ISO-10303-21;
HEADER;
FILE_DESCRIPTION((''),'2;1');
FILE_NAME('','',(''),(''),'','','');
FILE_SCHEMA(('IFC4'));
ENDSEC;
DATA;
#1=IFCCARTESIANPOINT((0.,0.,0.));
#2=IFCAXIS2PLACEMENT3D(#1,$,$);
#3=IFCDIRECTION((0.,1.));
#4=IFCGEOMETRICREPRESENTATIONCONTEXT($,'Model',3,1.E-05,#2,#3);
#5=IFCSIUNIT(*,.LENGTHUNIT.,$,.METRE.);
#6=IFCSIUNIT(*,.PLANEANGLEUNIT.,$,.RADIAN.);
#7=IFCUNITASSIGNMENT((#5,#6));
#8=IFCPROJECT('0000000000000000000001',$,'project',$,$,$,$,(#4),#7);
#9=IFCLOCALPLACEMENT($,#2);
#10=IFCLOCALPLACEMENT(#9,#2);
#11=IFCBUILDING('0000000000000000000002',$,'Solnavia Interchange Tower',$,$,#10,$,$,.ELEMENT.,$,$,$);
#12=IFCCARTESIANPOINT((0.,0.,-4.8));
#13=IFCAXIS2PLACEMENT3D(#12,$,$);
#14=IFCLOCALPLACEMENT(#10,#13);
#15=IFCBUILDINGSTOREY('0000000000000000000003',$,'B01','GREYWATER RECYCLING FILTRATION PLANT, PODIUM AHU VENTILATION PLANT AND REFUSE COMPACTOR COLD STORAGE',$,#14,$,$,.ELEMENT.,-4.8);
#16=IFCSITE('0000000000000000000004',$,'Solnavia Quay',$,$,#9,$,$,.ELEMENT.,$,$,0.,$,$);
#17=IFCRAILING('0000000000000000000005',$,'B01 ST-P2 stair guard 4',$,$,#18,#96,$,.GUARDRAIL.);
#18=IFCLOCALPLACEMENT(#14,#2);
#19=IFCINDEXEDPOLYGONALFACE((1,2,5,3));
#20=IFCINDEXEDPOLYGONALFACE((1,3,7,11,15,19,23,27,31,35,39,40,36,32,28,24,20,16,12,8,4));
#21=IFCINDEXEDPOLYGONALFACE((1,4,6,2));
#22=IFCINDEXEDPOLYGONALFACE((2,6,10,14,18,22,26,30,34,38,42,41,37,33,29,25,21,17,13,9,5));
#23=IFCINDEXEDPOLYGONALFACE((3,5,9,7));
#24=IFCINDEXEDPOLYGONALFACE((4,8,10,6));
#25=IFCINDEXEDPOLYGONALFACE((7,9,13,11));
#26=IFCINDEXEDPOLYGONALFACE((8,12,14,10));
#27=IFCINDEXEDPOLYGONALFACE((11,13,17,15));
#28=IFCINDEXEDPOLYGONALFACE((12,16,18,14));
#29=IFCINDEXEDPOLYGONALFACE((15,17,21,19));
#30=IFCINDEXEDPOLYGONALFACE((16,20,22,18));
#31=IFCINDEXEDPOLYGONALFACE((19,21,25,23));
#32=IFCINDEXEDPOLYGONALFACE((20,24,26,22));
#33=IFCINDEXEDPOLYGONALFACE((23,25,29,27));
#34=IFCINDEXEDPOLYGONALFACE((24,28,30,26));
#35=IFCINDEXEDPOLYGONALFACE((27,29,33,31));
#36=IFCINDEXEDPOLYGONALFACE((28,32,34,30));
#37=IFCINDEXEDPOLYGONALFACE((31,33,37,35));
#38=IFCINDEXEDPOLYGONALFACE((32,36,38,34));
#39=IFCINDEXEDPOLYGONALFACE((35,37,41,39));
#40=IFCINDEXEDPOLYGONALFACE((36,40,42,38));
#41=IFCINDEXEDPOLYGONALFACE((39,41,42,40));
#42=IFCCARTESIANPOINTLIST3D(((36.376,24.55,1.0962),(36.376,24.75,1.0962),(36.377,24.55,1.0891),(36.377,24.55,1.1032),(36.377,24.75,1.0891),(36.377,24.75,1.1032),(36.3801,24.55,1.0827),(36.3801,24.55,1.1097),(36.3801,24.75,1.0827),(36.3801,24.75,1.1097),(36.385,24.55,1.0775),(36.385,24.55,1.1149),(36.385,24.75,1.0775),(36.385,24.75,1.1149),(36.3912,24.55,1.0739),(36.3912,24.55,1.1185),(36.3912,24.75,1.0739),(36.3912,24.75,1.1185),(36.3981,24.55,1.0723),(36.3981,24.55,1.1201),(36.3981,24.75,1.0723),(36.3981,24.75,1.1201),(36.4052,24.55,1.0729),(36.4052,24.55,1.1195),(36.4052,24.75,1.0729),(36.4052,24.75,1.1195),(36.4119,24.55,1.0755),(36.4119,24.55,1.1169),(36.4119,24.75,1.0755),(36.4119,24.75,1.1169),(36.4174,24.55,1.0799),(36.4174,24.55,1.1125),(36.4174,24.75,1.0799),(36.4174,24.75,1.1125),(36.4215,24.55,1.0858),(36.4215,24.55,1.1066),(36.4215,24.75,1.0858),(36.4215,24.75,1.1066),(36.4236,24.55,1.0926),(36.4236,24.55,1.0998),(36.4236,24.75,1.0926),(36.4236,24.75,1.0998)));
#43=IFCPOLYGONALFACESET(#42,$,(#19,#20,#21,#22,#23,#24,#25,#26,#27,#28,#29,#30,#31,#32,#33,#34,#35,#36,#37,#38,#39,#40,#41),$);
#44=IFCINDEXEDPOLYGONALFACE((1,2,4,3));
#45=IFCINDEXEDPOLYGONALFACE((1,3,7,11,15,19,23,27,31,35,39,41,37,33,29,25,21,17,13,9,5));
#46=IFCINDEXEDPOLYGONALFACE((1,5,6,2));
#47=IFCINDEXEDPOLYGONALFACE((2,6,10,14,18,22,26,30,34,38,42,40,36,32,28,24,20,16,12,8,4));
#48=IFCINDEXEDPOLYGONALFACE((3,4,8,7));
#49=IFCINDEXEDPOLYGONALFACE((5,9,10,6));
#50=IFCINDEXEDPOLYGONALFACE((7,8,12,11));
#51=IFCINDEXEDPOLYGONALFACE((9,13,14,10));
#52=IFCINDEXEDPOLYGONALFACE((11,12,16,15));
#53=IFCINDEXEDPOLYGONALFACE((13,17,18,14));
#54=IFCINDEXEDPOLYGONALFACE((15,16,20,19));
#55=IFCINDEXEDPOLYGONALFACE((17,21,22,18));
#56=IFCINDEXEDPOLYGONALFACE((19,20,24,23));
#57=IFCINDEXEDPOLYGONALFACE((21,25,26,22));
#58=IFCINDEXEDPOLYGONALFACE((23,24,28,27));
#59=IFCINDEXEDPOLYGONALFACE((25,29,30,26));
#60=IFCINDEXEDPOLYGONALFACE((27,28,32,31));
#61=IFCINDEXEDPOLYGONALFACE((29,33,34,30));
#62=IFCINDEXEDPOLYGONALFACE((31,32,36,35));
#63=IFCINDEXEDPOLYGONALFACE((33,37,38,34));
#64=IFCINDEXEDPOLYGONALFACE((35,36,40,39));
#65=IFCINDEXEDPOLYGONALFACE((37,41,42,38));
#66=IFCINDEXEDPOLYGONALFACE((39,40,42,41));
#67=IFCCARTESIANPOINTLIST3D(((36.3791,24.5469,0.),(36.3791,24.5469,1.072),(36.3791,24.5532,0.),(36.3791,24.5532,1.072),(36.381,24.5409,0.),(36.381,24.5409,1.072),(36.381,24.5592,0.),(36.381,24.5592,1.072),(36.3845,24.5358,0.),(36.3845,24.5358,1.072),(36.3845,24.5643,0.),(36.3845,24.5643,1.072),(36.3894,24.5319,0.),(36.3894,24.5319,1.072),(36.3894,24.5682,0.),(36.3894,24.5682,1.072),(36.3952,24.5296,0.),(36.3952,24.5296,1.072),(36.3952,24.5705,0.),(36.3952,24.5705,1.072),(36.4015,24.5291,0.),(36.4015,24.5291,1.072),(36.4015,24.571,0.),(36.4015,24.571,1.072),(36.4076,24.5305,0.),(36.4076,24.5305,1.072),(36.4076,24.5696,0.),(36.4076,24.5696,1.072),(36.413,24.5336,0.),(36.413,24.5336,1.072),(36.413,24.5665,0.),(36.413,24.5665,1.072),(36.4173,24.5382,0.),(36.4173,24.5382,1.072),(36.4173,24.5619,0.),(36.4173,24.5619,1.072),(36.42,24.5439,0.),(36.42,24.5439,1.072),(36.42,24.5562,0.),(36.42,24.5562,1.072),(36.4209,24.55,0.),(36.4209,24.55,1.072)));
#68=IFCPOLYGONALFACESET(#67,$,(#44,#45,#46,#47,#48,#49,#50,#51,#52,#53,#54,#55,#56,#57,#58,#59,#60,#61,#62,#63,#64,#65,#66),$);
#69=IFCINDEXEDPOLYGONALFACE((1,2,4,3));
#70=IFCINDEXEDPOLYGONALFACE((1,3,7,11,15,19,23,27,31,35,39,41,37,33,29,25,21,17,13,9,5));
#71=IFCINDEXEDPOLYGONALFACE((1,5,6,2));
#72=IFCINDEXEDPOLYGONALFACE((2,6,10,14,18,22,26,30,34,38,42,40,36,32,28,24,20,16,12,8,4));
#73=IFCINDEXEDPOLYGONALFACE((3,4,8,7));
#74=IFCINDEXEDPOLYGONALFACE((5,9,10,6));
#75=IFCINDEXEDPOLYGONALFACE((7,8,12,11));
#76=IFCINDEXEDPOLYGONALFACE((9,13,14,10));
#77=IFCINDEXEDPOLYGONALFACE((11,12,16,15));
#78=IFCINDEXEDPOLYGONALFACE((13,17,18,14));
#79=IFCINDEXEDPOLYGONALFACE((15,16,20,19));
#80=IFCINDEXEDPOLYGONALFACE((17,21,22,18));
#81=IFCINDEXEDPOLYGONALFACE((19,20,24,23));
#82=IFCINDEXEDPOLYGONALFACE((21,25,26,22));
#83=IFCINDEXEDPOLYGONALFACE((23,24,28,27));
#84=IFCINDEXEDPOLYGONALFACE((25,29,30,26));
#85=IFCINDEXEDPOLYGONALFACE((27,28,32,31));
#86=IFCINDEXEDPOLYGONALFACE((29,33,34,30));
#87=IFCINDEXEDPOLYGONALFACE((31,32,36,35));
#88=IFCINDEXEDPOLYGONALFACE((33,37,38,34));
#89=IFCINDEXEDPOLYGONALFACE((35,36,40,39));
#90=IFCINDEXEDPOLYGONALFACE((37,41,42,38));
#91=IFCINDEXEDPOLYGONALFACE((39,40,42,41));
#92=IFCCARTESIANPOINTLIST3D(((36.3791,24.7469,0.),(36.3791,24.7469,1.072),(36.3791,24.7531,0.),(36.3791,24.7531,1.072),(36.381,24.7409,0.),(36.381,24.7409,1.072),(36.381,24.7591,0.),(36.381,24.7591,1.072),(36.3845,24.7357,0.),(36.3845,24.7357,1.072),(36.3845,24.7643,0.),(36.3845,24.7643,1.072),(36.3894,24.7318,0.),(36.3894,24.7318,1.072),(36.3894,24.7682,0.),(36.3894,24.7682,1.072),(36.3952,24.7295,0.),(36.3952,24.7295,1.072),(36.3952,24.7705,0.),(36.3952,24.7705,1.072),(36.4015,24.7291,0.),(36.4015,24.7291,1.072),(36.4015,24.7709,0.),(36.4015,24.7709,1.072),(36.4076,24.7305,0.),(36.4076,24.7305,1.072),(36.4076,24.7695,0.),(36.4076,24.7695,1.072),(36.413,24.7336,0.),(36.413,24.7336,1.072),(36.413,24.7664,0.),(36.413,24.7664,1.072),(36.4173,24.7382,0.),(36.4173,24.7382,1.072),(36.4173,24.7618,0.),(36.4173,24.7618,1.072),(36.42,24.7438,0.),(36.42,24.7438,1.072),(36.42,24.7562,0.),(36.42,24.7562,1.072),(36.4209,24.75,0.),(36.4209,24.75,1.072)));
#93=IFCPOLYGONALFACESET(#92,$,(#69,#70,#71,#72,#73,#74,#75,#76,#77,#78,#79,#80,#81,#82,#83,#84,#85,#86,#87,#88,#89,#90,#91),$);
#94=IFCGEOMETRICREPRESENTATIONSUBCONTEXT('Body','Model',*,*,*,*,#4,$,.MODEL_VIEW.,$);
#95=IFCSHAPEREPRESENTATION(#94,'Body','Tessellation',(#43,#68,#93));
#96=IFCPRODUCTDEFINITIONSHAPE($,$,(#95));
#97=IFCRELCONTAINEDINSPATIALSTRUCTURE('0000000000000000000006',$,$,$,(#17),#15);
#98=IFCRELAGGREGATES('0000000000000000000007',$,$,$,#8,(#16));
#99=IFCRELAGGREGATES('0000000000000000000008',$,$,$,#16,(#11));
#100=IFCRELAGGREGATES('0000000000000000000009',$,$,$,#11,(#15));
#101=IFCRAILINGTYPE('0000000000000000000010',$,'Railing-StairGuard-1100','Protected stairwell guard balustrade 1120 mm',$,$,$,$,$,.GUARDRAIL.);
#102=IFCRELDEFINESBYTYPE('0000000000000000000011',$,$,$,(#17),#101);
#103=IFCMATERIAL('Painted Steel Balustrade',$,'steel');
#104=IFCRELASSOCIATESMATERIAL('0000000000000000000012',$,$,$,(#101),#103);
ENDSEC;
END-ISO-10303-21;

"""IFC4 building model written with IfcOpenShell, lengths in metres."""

from ifc_helpers import new_model, si_unit, direction, frame, origin, origin_2d, place, context, subcontext, project, spatial, circle, extrude, material, type_object, element, save


model = new_model("IFC4")

# Units and contexts
model_context = context("Model", 3, precision=1e-05, world=origin(), true_north=direction((0.0, 1.0)))
body_context = subcontext(model_context, "Body", "Model", "MODEL_VIEW")
ifc_project = project(units=[si_unit("LENGTHUNIT", "METRE"), si_unit("PLANEANGLEUNIT", "RADIAN")], contexts=[model_context])

# Site, building, storey
site_placement = place(None, origin())
site = spatial("IfcSite", under=ifc_project, at=site_placement, Name="Solnavia Quay", CompositionType="ELEMENT", RefElevation=0.0)
building_placement = place(site_placement, origin())
building = spatial("IfcBuilding", under=site, at=building_placement, Name="Solnavia Interchange Tower", CompositionType="ELEMENT")
storey_placement = place(building_placement, frame((0.0, 0.0, -4.8)))
storey = spatial("IfcBuildingStorey", under=building, at=storey_placement, Name="B01", Description="GREYWATER RECYCLING FILTRATION PLANT, PODIUM AHU VENTILATION PLANT AND REFUSE COMPACTOR COLD STORAGE", CompositionType="ELEMENT", Elevation=-4.8)

# Railing
ifc_material_1 = material(Name="Painted Steel Balustrade", Category="steel")
railing_type_1 = type_object("IfcRailingType", Name="Railing-StairGuard-1100", Description="Protected stairwell guard balustrade 1120 mm", PredefinedType="GUARDRAIL", material=ifc_material_1)
railing_1_placement = place(storey_placement, frame((36.3999, 24.55, 0.0)))
element("IfcRailing", 1, at=railing_1_placement, inside=storey, type_object=railing_type_1, Name="B01 ST-P2 stair guard 4", PredefinedType="GUARDRAIL", context=body_context, shape_type="SweptSolid", body=[
    extrude(circle(Radius=0.0239, at=origin_2d()), frame((0.0, 0.0, 1.0962), z_axis=(0.0, 1.0, 0.0), x_axis=(-1.0, 0.0, 0.0)), (0.0, 0.0, 1.0), 0.2),
    extrude(circle(Radius=0.021, at=origin_2d()), origin(), (0.0, 0.0, 1.0), 1.072),
    extrude(circle(Radius=0.021, at=origin_2d()), frame((0.0, 0.2, 0.0)), (0.0, 0.0, 1.0), 1.072),
])

save(model, "model.ifc")
